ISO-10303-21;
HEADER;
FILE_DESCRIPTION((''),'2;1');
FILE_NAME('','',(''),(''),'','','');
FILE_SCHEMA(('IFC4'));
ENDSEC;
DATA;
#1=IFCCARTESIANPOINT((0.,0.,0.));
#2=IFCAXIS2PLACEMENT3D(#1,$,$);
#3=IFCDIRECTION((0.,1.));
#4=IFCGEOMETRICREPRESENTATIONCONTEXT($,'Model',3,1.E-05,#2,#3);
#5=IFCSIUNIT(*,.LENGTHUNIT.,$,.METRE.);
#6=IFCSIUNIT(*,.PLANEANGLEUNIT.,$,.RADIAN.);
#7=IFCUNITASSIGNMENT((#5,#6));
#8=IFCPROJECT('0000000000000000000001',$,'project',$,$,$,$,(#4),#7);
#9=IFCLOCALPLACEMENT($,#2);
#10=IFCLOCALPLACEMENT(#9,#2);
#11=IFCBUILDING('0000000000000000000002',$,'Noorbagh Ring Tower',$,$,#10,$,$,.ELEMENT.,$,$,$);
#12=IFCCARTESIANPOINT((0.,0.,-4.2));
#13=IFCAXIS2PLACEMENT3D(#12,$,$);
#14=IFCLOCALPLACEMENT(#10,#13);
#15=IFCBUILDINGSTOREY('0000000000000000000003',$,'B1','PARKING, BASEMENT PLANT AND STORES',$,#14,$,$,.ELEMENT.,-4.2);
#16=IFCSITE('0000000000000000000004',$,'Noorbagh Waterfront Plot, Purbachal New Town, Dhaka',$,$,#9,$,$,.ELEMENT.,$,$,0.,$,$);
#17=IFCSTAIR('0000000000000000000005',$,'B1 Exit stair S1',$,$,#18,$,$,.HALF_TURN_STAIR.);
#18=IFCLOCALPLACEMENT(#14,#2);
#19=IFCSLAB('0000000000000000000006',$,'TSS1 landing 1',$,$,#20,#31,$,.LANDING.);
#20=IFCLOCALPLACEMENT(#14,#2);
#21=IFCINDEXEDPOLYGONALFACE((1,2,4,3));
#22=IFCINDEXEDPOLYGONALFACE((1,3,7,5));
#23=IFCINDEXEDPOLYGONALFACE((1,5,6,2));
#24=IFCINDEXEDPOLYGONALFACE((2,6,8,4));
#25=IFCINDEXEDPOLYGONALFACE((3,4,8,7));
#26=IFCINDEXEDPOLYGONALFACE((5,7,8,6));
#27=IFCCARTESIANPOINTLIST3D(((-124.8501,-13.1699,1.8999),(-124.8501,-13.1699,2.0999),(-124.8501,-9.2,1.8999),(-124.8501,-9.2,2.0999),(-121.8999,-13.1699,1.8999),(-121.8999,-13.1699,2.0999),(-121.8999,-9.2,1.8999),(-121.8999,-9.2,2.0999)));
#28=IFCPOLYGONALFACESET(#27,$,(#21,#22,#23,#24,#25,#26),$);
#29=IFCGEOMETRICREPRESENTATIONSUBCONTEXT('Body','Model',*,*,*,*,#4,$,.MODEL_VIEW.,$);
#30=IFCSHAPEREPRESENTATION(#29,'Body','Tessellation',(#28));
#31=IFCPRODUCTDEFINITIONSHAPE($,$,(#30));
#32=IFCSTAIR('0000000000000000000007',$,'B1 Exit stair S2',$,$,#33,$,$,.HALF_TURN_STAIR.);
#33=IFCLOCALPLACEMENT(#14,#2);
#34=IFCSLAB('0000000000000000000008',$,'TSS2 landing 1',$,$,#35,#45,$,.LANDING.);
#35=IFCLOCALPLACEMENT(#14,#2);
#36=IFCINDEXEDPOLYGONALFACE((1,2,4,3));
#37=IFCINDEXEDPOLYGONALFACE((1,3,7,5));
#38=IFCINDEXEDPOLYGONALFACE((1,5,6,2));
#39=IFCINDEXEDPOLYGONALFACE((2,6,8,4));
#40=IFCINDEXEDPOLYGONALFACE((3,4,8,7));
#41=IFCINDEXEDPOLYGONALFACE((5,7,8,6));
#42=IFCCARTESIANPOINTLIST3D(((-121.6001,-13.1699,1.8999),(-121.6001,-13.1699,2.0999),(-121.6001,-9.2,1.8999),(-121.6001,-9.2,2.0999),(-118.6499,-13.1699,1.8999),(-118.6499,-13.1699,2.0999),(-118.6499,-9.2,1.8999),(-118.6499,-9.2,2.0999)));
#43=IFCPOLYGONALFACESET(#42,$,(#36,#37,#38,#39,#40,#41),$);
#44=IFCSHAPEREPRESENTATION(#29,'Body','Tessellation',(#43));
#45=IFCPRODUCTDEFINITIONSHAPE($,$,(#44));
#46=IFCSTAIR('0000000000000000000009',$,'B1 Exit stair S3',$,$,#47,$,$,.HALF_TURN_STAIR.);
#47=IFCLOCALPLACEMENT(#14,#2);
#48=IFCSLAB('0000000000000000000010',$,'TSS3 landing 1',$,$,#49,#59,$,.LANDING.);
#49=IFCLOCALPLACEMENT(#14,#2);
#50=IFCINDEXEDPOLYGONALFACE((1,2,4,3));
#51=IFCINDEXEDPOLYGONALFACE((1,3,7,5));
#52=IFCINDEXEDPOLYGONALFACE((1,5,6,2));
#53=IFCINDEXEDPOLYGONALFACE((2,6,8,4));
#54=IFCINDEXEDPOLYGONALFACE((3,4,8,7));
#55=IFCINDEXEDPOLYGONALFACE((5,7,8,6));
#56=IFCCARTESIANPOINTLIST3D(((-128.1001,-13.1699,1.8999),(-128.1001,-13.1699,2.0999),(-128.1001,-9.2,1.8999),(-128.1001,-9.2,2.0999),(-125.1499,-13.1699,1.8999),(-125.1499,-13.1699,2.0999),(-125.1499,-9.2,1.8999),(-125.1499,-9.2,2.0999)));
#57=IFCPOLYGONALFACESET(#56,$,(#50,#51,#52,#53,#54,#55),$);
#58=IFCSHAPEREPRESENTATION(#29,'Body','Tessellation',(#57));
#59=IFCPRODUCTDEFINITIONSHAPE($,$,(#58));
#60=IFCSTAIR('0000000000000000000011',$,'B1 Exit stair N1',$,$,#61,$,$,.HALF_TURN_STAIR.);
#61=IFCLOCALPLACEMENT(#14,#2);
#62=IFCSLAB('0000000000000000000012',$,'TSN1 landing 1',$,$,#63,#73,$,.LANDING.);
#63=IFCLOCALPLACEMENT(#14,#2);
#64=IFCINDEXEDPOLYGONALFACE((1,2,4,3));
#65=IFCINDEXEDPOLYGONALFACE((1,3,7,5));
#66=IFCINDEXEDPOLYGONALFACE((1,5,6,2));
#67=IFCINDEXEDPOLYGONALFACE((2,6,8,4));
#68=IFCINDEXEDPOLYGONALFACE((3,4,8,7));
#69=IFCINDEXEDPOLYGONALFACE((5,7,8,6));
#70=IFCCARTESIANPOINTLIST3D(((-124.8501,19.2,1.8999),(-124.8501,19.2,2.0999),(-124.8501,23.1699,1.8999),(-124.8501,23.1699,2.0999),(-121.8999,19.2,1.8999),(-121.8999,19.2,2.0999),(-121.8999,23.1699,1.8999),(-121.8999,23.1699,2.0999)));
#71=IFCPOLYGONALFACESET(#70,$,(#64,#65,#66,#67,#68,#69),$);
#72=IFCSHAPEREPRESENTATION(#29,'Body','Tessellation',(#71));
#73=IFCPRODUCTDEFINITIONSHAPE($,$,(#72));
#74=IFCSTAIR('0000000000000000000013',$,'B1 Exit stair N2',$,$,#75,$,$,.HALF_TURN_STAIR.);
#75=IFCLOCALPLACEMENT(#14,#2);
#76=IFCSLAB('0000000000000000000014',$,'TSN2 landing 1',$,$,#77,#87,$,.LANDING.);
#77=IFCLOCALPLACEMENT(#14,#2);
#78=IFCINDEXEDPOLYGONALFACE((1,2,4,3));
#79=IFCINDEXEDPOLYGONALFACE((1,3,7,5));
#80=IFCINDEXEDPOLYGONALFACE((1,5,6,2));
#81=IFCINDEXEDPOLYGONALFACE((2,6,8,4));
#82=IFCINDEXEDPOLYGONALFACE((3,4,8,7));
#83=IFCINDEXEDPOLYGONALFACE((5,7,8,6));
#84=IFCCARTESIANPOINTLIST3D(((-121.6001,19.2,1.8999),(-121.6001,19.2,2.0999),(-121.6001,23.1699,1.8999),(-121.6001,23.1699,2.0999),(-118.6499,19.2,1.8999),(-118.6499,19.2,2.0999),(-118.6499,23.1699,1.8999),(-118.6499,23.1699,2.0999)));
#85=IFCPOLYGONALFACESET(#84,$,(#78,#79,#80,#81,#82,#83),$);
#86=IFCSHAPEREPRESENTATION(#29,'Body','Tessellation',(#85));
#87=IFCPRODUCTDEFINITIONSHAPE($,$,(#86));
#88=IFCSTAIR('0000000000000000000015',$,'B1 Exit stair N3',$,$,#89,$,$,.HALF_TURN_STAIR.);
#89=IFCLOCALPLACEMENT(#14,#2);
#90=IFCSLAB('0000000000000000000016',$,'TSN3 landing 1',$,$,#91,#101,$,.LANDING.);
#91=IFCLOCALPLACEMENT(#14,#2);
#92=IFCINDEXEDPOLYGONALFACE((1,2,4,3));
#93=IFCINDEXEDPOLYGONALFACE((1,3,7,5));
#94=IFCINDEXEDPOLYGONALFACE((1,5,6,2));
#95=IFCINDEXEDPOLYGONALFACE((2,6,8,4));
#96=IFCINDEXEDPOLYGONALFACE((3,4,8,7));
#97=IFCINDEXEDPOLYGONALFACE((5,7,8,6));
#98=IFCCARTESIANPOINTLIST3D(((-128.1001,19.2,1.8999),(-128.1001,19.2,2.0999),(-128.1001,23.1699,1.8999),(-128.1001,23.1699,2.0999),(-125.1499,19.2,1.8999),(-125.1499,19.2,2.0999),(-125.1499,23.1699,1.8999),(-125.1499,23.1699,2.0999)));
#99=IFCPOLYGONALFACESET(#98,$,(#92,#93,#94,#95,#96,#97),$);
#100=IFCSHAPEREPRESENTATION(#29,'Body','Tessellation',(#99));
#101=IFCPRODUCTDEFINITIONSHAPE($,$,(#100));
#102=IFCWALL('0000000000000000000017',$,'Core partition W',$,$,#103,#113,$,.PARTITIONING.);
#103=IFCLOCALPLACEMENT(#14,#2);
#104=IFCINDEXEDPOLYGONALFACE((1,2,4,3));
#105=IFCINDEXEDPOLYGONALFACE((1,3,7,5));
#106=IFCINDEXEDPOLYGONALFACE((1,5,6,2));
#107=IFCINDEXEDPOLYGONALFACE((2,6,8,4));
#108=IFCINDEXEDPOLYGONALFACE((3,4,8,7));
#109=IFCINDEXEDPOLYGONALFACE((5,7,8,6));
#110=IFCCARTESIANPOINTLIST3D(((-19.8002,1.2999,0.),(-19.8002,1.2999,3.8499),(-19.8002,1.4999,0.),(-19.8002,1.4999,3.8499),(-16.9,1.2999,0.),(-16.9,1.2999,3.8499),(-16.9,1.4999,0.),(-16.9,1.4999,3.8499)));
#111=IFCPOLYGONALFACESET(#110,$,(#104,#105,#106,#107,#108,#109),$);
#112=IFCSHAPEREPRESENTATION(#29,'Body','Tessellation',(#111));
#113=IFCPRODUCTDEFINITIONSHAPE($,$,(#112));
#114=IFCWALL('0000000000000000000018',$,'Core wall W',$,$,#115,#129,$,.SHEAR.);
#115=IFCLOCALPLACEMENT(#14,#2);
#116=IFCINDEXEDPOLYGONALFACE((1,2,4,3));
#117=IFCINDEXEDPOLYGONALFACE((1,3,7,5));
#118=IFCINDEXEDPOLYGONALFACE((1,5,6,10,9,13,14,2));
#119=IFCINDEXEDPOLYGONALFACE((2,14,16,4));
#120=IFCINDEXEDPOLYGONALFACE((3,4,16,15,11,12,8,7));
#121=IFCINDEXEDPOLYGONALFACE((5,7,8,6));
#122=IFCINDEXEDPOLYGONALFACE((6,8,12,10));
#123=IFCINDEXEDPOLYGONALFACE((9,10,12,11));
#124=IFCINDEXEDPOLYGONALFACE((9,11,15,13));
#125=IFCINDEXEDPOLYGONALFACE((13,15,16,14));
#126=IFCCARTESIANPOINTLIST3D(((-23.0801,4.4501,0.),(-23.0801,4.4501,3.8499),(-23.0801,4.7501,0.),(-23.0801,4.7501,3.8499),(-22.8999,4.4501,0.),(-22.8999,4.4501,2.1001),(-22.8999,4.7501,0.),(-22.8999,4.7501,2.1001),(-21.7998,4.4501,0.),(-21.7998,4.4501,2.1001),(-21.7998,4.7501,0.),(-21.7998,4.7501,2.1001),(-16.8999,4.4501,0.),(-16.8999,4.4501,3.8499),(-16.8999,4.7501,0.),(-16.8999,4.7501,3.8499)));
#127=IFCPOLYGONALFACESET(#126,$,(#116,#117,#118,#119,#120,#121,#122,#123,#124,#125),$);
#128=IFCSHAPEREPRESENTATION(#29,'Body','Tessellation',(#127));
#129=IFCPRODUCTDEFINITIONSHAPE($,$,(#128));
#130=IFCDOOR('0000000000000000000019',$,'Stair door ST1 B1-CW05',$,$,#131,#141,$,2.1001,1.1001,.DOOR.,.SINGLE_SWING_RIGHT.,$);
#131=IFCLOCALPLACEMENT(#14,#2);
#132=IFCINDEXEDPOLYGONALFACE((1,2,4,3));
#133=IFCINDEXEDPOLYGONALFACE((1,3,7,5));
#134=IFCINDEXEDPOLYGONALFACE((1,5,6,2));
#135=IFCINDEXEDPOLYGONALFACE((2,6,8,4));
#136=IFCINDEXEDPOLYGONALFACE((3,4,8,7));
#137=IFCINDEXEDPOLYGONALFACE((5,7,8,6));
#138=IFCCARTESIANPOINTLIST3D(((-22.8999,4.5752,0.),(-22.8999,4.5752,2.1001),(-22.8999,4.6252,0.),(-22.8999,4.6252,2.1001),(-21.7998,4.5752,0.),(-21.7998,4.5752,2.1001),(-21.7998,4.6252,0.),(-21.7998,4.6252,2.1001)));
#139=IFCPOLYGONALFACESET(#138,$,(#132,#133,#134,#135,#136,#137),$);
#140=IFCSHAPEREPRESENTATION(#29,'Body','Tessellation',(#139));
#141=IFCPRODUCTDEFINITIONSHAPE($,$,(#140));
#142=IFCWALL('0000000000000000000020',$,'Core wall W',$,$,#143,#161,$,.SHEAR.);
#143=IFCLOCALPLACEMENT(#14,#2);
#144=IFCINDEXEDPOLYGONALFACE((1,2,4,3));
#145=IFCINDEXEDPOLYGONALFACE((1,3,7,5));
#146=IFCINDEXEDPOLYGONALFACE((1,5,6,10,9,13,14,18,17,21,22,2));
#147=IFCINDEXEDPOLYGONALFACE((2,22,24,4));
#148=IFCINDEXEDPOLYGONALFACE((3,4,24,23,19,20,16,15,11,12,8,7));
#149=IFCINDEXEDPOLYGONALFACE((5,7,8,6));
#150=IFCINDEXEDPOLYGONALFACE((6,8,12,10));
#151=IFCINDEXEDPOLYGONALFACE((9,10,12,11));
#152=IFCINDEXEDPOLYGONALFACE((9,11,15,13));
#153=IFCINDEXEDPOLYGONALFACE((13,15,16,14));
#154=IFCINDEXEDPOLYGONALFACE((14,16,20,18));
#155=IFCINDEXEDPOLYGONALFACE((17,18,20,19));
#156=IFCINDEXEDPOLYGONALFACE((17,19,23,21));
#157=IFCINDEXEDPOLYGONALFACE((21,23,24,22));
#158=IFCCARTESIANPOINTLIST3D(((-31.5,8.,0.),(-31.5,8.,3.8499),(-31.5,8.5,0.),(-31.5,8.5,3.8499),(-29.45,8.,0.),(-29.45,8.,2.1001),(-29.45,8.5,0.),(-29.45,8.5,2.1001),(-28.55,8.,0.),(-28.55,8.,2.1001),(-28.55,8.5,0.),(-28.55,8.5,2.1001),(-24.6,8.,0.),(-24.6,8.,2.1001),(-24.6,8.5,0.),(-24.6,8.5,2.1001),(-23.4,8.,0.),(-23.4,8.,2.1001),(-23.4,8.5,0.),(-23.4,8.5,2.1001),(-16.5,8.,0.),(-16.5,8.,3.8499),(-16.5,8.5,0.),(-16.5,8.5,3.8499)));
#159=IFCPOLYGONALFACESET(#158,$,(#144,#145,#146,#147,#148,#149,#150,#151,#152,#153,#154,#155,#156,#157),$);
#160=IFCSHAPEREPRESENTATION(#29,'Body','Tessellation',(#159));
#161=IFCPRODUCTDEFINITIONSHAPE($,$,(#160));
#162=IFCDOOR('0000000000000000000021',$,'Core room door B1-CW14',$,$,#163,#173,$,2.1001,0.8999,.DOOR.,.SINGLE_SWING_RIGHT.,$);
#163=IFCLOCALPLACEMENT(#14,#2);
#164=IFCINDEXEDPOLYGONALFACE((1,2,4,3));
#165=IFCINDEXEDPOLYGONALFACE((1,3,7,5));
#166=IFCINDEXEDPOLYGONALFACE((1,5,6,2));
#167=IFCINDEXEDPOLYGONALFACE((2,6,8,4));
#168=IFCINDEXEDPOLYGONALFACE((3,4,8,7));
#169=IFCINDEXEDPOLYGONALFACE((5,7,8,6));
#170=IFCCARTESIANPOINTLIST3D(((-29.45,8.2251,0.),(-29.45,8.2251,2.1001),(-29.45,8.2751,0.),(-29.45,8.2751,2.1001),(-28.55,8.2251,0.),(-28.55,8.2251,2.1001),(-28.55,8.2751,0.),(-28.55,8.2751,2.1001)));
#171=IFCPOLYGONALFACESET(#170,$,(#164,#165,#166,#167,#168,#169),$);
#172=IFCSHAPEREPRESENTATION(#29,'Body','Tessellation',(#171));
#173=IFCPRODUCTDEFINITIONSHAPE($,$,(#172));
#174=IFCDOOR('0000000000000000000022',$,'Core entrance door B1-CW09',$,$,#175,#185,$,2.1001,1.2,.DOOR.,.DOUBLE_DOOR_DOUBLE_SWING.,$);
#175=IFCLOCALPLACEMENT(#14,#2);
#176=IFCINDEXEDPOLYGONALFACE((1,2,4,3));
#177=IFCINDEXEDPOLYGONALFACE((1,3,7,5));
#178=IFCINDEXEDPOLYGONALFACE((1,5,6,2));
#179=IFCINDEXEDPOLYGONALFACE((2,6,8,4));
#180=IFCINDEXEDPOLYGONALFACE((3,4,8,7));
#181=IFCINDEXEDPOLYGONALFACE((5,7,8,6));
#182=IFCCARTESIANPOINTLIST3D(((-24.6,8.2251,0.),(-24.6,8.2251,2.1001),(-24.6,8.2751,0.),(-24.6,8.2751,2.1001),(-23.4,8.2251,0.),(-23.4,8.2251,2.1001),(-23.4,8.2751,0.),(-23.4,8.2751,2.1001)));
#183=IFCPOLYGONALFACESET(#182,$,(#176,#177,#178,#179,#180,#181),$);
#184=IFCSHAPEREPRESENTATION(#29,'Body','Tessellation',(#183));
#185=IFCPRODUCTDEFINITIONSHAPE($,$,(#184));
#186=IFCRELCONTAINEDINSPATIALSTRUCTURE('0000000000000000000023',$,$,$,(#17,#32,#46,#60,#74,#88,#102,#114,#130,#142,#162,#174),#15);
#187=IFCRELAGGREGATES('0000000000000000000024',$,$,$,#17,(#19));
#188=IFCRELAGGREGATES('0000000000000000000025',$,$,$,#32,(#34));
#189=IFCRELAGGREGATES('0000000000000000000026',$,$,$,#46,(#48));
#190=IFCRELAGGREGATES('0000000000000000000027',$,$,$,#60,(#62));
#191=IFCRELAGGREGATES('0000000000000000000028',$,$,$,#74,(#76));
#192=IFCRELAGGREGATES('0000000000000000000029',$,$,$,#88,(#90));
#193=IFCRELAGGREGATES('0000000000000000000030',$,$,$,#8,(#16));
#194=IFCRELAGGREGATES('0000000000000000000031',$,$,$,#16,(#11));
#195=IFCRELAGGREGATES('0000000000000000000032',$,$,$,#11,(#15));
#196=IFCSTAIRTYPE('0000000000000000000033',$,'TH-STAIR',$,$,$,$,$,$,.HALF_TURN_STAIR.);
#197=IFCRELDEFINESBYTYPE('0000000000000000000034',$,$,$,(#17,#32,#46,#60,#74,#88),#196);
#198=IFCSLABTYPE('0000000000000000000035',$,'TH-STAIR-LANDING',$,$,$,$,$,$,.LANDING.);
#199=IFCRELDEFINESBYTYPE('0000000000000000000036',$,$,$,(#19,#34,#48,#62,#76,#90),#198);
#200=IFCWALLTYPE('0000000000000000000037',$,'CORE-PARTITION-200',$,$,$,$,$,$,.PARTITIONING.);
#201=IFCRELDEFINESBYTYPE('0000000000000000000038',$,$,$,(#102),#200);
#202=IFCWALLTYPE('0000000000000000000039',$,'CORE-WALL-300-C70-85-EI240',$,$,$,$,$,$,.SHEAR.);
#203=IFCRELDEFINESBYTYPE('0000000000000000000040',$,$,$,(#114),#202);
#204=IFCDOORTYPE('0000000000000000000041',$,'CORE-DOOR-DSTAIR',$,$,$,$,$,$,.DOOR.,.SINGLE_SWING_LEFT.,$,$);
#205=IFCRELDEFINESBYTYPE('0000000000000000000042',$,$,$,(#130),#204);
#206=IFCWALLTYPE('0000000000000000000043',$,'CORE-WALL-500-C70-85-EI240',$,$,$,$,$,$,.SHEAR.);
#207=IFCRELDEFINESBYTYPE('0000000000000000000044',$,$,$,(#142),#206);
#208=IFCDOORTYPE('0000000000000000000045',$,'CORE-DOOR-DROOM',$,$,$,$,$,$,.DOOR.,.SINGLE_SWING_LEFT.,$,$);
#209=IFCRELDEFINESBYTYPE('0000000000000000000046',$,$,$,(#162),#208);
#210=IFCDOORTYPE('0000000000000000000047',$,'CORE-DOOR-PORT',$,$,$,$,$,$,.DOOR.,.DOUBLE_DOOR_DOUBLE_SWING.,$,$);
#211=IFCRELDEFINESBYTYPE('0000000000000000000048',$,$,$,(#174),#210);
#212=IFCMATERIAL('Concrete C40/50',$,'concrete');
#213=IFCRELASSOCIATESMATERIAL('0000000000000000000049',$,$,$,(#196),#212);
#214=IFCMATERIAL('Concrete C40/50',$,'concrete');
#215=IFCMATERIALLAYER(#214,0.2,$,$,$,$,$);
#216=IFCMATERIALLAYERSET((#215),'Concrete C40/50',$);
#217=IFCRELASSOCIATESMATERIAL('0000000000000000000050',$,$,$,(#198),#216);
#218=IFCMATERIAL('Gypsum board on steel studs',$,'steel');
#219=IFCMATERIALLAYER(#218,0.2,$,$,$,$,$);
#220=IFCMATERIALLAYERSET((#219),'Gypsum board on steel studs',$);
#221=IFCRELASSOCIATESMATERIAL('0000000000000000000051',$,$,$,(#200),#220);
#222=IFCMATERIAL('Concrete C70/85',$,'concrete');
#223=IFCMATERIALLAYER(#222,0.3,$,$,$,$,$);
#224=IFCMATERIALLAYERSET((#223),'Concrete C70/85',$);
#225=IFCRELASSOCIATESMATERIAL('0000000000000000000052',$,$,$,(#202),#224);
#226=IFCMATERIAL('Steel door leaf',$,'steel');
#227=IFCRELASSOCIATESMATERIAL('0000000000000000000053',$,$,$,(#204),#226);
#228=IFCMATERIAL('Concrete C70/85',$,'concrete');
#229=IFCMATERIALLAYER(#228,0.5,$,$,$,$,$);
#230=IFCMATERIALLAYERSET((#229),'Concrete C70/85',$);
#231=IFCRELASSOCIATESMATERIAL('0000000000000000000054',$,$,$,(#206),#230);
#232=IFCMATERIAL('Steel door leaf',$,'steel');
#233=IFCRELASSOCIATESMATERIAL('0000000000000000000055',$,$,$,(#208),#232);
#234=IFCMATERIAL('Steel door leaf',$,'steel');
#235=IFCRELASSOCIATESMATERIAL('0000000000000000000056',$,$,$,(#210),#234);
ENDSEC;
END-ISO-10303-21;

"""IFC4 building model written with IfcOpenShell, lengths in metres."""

from ifc_helpers import new_model, si_unit, direction, frame, frame_2d, origin, place, context, subcontext, project, spatial, polyline, rectangle, outline, extrude, material, layer, layer_set, type_object, element, fill, aggregate, save


model = new_model("IFC4")

# Units and contexts
model_context = context("Model", 3, precision=1e-05, world=origin(), true_north=direction((0.0, 1.0)))
body_context = subcontext(model_context, "Body", "Model", "MODEL_VIEW")
ifc_project = project(units=[si_unit("LENGTHUNIT", "METRE"), si_unit("PLANEANGLEUNIT", "RADIAN")], contexts=[model_context])

# Site, building, storey
site_placement = place(None, origin())
site = spatial("IfcSite", under=ifc_project, at=site_placement, Name="Noorbagh Waterfront Plot, Purbachal New Town, Dhaka", CompositionType="ELEMENT", RefElevation=0.0)
building_placement = place(site_placement, origin())
building = spatial("IfcBuilding", under=site, at=building_placement, Name="Noorbagh Ring Tower", CompositionType="ELEMENT")
storey_placement = place(building_placement, frame((0.0, 0.0, -4.2)))
storey = spatial("IfcBuildingStorey", under=building, at=storey_placement, Name="B1", Description="PARKING, BASEMENT PLANT AND STORES", CompositionType="ELEMENT", Elevation=-4.2)

# Stairs, slabs
ifc_material_1 = material(Name="Concrete C40/50", Category="concrete")
stair_type_1 = type_object("IfcStairType", Name="TH-STAIR", PredefinedType="HALF_TURN_STAIR", material=ifc_material_1)
stair_1_placement = place(storey_placement, origin())
stair_1 = element("IfcStair", 1, at=stair_1_placement, inside=storey, type_object=stair_type_1, Name="B1 Exit stair S1", PredefinedType="HALF_TURN_STAIR")
ifc_material_2 = material(Name="Concrete C40/50", Category="concrete")
ifc_layer_1 = layer(ifc_material_2, 0.2)
ifc_layer_set_1 = layer_set([ifc_layer_1], Name="Concrete C40/50")
slab_type_1 = type_object("IfcSlabType", Name="TH-STAIR-LANDING", PredefinedType="LANDING", material=ifc_layer_set_1)
slab_1_placement = place(storey_placement, frame((0.0, 0.0, 1.8999)))
slab_1 = element("IfcSlab", 2, at=slab_1_placement, type_object=slab_type_1, Name="TSS1 landing 1", PredefinedType="LANDING", context=body_context, shape_type="SweptSolid", body=[
    extrude(outline(polyline([(-121.8999, -13.1699), (-121.8999, -9.2), (-124.8501, -9.2), (-124.8501, -13.1699), (-121.8999, -13.1699)])), origin(), (0.0, 0.0, 1.0), 0.2),
])
aggregate(stair_1, [slab_1])
stair_2_placement = place(storey_placement, origin())
stair_2 = element("IfcStair", 3, at=stair_2_placement, inside=storey, type_object=stair_type_1, Name="B1 Exit stair S2", PredefinedType="HALF_TURN_STAIR")
slab_2_placement = place(storey_placement, frame((0.0, 0.0, 1.8999)))
slab_2 = element("IfcSlab", 4, at=slab_2_placement, type_object=slab_type_1, Name="TSS2 landing 1", PredefinedType="LANDING", context=body_context, shape_type="SweptSolid", body=[
    extrude(outline(polyline([(-118.6499, -13.1699), (-118.6499, -9.2), (-121.6001, -9.2), (-121.6001, -13.1699), (-118.6499, -13.1699)])), origin(), (0.0, 0.0, 1.0), 0.2),
])
aggregate(stair_2, [slab_2])
stair_3_placement = place(storey_placement, origin())
stair_3 = element("IfcStair", 5, at=stair_3_placement, inside=storey, type_object=stair_type_1, Name="B1 Exit stair S3", PredefinedType="HALF_TURN_STAIR")
slab_3_placement = place(storey_placement, frame((0.0, 0.0, 1.8999)))
slab_3 = element("IfcSlab", 6, at=slab_3_placement, type_object=slab_type_1, Name="TSS3 landing 1", PredefinedType="LANDING", context=body_context, shape_type="SweptSolid", body=[
    extrude(outline(polyline([(-125.1499, -13.1699), (-125.1499, -9.2), (-128.1001, -9.2), (-128.1001, -13.1699), (-125.1499, -13.1699)])), origin(), (0.0, 0.0, 1.0), 0.2),
])
aggregate(stair_3, [slab_3])
stair_4_placement = place(storey_placement, origin())
stair_4 = element("IfcStair", 7, at=stair_4_placement, inside=storey, type_object=stair_type_1, Name="B1 Exit stair N1", PredefinedType="HALF_TURN_STAIR")
slab_4_placement = place(storey_placement, frame((0.0, 0.0, 1.8999)))
slab_4 = element("IfcSlab", 8, at=slab_4_placement, type_object=slab_type_1, Name="TSN1 landing 1", PredefinedType="LANDING", context=body_context, shape_type="SweptSolid", body=[
    extrude(outline(polyline([(-124.8501, 23.1699), (-124.8501, 19.2), (-121.8999, 19.2), (-121.8999, 23.1699), (-124.8501, 23.1699)])), origin(), (0.0, 0.0, 1.0), 0.2),
])
aggregate(stair_4, [slab_4])
stair_5_placement = place(storey_placement, origin())
stair_5 = element("IfcStair", 9, at=stair_5_placement, inside=storey, type_object=stair_type_1, Name="B1 Exit stair N2", PredefinedType="HALF_TURN_STAIR")
slab_5_placement = place(storey_placement, frame((0.0, 0.0, 1.8999)))
slab_5 = element("IfcSlab", 10, at=slab_5_placement, type_object=slab_type_1, Name="TSN2 landing 1", PredefinedType="LANDING", context=body_context, shape_type="SweptSolid", body=[
    extrude(outline(polyline([(-121.6001, 23.1699), (-121.6001, 19.2), (-118.6499, 19.2), (-118.6499, 23.1699), (-121.6001, 23.1699)])), origin(), (0.0, 0.0, 1.0), 0.2),
])
aggregate(stair_5, [slab_5])
stair_6_placement = place(storey_placement, origin())
stair_6 = element("IfcStair", 11, at=stair_6_placement, inside=storey, type_object=stair_type_1, Name="B1 Exit stair N3", PredefinedType="HALF_TURN_STAIR")
slab_6_placement = place(storey_placement, frame((0.0, 0.0, 1.8999)))
slab_6 = element("IfcSlab", 12, at=slab_6_placement, type_object=slab_type_1, Name="TSN3 landing 1", PredefinedType="LANDING", context=body_context, shape_type="SweptSolid", body=[
    extrude(outline(polyline([(-128.1001, 23.1699), (-128.1001, 19.2), (-125.1499, 19.2), (-125.1499, 23.1699), (-128.1001, 23.1699)])), origin(), (0.0, 0.0, 1.0), 0.2),
])
aggregate(stair_6, [slab_6])

# Wall
ifc_material_3 = material(Name="Gypsum board on steel studs", Category="steel")
ifc_layer_2 = layer(ifc_material_3, 0.2)
ifc_layer_set_2 = layer_set([ifc_layer_2], Name="Gypsum board on steel studs")
wall_type_1 = type_object("IfcWallType", Name="CORE-PARTITION-200", PredefinedType="PARTITIONING", material=ifc_layer_set_2)
wall_1_placement = place(storey_placement, frame((-16.8999, 1.3999, 0.0), z_axis=(0.0, 0.0, 1.0), x_axis=(-1.0, 0.0, 0.0)))
element("IfcWall", 13, at=wall_1_placement, inside=storey, type_object=wall_type_1, Name="Core partition W", PredefinedType="PARTITIONING", context=body_context, shape_type="SweptSolid", body=[
    extrude(rectangle(XDim=2.9001, YDim=0.2, at=frame_2d((1.4502, 0.0))), origin(), (0.0, 0.0, 1.0), 3.8499),
])

# Wall, opening, door
ifc_material_4 = material(Name="Concrete C70/85", Category="concrete")
ifc_layer_3 = layer(ifc_material_4, 0.3)
ifc_layer_set_3 = layer_set([ifc_layer_3], Name="Concrete C70/85")
wall_type_2 = type_object("IfcWallType", Name="CORE-WALL-300-C70-85-EI240", PredefinedType="SHEAR", material=ifc_layer_set_3)
wall_2_placement = place(storey_placement, frame((-16.8999, 4.6001, 0.0), z_axis=(0.0, 0.0, 1.0), x_axis=(-1.0, 0.0, 0.0)))
wall_2 = element("IfcWall", 14, at=wall_2_placement, inside=storey, type_object=wall_type_2, Name="Core wall W", PredefinedType="SHEAR", context=body_context, shape_type="SweptSolid", body=[
    extrude(rectangle(XDim=6.1802, YDim=0.3, at=frame_2d((3.0901, 0.0))), origin(), (0.0, 0.0, 1.0), 3.8499),
])
opening_1_placement = place(wall_2_placement, frame((4.8999, 0.0, 0.0)))
opening_1 = element("IfcOpeningElement", 15, at=opening_1_placement, cuts=wall_2, PredefinedType="OPENING", context=body_context, shape_type="SweptSolid", body=[
    extrude(rectangle(XDim=1.1001, YDim=2.1001, at=frame_2d((0.55, 1.05))), frame((0.0, 0.1602, 0.0), z_axis=(0.0, -1.0, 0.0), x_axis=(1.0, 0.0, 0.0)), (0.0, 0.0, 1.0), 0.3201),
])
ifc_material_5 = material(Name="Steel door leaf", Category="steel")
door_type_1 = type_object("IfcDoorType", Name="CORE-DOOR-DSTAIR", OperationType="SINGLE_SWING_LEFT", PredefinedType="DOOR", material=ifc_material_5)
door_1_placement = place(opening_1_placement, origin())
door_1 = element("IfcDoor", 16, at=door_1_placement, inside=storey, type_object=door_type_1, Name="Stair door ST1 B1-CW05", OperationType="SINGLE_SWING_RIGHT", OverallHeight=2.1001, OverallWidth=1.1001, PredefinedType="DOOR", context=body_context, shape_type="SweptSolid", body=[
    extrude(rectangle(XDim=1.1001, YDim=2.1001, at=frame_2d((0.55, 1.05))), frame((0.0, 0.0249, 0.0), z_axis=(0.0, -1.0, 0.0), x_axis=(1.0, 0.0, 0.0)), (0.0, 0.0, 1.0), 0.05),
])
fill(opening_1, door_1)

# Wall, openings, doors
ifc_material_6 = material(Name="Concrete C70/85", Category="concrete")
ifc_layer_4 = layer(ifc_material_6, 0.5)
ifc_layer_set_4 = layer_set([ifc_layer_4], Name="Concrete C70/85")
wall_type_3 = type_object("IfcWallType", Name="CORE-WALL-500-C70-85-EI240", PredefinedType="SHEAR", material=ifc_layer_set_4)
wall_3_placement = place(storey_placement, frame((-16.5, 8.25, 0.0), z_axis=(0.0, 0.0, 1.0), x_axis=(-1.0, 0.0, 0.0)))
wall_3 = element("IfcWall", 17, at=wall_3_placement, inside=storey, type_object=wall_type_3, Name="Core wall W", PredefinedType="SHEAR", context=body_context, shape_type="SweptSolid", body=[
    extrude(rectangle(XDim=15.0, YDim=0.5, at=frame_2d((7.5, 0.0))), origin(), (0.0, 0.0, 1.0), 3.8499),
])
opening_2_placement = place(wall_3_placement, frame((6.8999, 0.0, 0.0)))
opening_2 = element("IfcOpeningElement", 18, at=opening_2_placement, cuts=wall_3, PredefinedType="OPENING", context=body_context, shape_type="SweptSolid", body=[
    extrude(rectangle(XDim=1.2, YDim=2.1001, at=frame_2d((0.6001, 1.05))), frame((0.0, 0.26, 0.0), z_axis=(0.0, -1.0, 0.0), x_axis=(1.0, 0.0, 0.0)), (0.0, 0.0, 1.0), 0.52),
])
opening_3_placement = place(wall_3_placement, frame((12.05, 0.0, 0.0)))
opening_3 = element("IfcOpeningElement", 19, at=opening_3_placement, cuts=wall_3, PredefinedType="OPENING", context=body_context, shape_type="SweptSolid", body=[
    extrude(rectangle(XDim=0.8999, YDim=2.1001, at=frame_2d((0.45, 1.05))), frame((0.0, 0.26, 0.0), z_axis=(0.0, -1.0, 0.0), x_axis=(1.0, 0.0, 0.0)), (0.0, 0.0, 1.0), 0.52),
])
ifc_material_7 = material(Name="Steel door leaf", Category="steel")
door_type_2 = type_object("IfcDoorType", Name="CORE-DOOR-DROOM", OperationType="SINGLE_SWING_LEFT", PredefinedType="DOOR", material=ifc_material_7)
door_2_placement = place(opening_3_placement, origin())
door_2 = element("IfcDoor", 20, at=door_2_placement, inside=storey, type_object=door_type_2, Name="Core room door B1-CW14", OperationType="SINGLE_SWING_RIGHT", OverallHeight=2.1001, OverallWidth=0.8999, PredefinedType="DOOR", context=body_context, shape_type="SweptSolid", body=[
    extrude(rectangle(XDim=0.8999, YDim=2.1001, at=frame_2d((0.45, 1.05))), frame((0.0, 0.0249, 0.0), z_axis=(0.0, -1.0, 0.0), x_axis=(1.0, 0.0, 0.0)), (0.0, 0.0, 1.0), 0.05),
])
fill(opening_3, door_2)
ifc_material_8 = material(Name="Steel door leaf", Category="steel")
door_type_3 = type_object("IfcDoorType", Name="CORE-DOOR-PORT", OperationType="DOUBLE_DOOR_DOUBLE_SWING", PredefinedType="DOOR", material=ifc_material_8)
door_3_placement = place(opening_2_placement, origin())
door_3 = element("IfcDoor", 21, at=door_3_placement, inside=storey, type_object=door_type_3, Name="Core entrance door B1-CW09", OperationType="DOUBLE_DOOR_DOUBLE_SWING", OverallHeight=2.1001, OverallWidth=1.2, PredefinedType="DOOR", context=body_context, shape_type="SweptSolid", body=[
    extrude(rectangle(XDim=1.2, YDim=2.1001, at=frame_2d((0.6001, 1.05))), frame((0.0, 0.0249, 0.0), z_axis=(0.0, -1.0, 0.0), x_axis=(1.0, 0.0, 0.0)), (0.0, 0.0, 1.0), 0.05),
])
fill(opening_2, door_3)

save(model, "model.ifc")
